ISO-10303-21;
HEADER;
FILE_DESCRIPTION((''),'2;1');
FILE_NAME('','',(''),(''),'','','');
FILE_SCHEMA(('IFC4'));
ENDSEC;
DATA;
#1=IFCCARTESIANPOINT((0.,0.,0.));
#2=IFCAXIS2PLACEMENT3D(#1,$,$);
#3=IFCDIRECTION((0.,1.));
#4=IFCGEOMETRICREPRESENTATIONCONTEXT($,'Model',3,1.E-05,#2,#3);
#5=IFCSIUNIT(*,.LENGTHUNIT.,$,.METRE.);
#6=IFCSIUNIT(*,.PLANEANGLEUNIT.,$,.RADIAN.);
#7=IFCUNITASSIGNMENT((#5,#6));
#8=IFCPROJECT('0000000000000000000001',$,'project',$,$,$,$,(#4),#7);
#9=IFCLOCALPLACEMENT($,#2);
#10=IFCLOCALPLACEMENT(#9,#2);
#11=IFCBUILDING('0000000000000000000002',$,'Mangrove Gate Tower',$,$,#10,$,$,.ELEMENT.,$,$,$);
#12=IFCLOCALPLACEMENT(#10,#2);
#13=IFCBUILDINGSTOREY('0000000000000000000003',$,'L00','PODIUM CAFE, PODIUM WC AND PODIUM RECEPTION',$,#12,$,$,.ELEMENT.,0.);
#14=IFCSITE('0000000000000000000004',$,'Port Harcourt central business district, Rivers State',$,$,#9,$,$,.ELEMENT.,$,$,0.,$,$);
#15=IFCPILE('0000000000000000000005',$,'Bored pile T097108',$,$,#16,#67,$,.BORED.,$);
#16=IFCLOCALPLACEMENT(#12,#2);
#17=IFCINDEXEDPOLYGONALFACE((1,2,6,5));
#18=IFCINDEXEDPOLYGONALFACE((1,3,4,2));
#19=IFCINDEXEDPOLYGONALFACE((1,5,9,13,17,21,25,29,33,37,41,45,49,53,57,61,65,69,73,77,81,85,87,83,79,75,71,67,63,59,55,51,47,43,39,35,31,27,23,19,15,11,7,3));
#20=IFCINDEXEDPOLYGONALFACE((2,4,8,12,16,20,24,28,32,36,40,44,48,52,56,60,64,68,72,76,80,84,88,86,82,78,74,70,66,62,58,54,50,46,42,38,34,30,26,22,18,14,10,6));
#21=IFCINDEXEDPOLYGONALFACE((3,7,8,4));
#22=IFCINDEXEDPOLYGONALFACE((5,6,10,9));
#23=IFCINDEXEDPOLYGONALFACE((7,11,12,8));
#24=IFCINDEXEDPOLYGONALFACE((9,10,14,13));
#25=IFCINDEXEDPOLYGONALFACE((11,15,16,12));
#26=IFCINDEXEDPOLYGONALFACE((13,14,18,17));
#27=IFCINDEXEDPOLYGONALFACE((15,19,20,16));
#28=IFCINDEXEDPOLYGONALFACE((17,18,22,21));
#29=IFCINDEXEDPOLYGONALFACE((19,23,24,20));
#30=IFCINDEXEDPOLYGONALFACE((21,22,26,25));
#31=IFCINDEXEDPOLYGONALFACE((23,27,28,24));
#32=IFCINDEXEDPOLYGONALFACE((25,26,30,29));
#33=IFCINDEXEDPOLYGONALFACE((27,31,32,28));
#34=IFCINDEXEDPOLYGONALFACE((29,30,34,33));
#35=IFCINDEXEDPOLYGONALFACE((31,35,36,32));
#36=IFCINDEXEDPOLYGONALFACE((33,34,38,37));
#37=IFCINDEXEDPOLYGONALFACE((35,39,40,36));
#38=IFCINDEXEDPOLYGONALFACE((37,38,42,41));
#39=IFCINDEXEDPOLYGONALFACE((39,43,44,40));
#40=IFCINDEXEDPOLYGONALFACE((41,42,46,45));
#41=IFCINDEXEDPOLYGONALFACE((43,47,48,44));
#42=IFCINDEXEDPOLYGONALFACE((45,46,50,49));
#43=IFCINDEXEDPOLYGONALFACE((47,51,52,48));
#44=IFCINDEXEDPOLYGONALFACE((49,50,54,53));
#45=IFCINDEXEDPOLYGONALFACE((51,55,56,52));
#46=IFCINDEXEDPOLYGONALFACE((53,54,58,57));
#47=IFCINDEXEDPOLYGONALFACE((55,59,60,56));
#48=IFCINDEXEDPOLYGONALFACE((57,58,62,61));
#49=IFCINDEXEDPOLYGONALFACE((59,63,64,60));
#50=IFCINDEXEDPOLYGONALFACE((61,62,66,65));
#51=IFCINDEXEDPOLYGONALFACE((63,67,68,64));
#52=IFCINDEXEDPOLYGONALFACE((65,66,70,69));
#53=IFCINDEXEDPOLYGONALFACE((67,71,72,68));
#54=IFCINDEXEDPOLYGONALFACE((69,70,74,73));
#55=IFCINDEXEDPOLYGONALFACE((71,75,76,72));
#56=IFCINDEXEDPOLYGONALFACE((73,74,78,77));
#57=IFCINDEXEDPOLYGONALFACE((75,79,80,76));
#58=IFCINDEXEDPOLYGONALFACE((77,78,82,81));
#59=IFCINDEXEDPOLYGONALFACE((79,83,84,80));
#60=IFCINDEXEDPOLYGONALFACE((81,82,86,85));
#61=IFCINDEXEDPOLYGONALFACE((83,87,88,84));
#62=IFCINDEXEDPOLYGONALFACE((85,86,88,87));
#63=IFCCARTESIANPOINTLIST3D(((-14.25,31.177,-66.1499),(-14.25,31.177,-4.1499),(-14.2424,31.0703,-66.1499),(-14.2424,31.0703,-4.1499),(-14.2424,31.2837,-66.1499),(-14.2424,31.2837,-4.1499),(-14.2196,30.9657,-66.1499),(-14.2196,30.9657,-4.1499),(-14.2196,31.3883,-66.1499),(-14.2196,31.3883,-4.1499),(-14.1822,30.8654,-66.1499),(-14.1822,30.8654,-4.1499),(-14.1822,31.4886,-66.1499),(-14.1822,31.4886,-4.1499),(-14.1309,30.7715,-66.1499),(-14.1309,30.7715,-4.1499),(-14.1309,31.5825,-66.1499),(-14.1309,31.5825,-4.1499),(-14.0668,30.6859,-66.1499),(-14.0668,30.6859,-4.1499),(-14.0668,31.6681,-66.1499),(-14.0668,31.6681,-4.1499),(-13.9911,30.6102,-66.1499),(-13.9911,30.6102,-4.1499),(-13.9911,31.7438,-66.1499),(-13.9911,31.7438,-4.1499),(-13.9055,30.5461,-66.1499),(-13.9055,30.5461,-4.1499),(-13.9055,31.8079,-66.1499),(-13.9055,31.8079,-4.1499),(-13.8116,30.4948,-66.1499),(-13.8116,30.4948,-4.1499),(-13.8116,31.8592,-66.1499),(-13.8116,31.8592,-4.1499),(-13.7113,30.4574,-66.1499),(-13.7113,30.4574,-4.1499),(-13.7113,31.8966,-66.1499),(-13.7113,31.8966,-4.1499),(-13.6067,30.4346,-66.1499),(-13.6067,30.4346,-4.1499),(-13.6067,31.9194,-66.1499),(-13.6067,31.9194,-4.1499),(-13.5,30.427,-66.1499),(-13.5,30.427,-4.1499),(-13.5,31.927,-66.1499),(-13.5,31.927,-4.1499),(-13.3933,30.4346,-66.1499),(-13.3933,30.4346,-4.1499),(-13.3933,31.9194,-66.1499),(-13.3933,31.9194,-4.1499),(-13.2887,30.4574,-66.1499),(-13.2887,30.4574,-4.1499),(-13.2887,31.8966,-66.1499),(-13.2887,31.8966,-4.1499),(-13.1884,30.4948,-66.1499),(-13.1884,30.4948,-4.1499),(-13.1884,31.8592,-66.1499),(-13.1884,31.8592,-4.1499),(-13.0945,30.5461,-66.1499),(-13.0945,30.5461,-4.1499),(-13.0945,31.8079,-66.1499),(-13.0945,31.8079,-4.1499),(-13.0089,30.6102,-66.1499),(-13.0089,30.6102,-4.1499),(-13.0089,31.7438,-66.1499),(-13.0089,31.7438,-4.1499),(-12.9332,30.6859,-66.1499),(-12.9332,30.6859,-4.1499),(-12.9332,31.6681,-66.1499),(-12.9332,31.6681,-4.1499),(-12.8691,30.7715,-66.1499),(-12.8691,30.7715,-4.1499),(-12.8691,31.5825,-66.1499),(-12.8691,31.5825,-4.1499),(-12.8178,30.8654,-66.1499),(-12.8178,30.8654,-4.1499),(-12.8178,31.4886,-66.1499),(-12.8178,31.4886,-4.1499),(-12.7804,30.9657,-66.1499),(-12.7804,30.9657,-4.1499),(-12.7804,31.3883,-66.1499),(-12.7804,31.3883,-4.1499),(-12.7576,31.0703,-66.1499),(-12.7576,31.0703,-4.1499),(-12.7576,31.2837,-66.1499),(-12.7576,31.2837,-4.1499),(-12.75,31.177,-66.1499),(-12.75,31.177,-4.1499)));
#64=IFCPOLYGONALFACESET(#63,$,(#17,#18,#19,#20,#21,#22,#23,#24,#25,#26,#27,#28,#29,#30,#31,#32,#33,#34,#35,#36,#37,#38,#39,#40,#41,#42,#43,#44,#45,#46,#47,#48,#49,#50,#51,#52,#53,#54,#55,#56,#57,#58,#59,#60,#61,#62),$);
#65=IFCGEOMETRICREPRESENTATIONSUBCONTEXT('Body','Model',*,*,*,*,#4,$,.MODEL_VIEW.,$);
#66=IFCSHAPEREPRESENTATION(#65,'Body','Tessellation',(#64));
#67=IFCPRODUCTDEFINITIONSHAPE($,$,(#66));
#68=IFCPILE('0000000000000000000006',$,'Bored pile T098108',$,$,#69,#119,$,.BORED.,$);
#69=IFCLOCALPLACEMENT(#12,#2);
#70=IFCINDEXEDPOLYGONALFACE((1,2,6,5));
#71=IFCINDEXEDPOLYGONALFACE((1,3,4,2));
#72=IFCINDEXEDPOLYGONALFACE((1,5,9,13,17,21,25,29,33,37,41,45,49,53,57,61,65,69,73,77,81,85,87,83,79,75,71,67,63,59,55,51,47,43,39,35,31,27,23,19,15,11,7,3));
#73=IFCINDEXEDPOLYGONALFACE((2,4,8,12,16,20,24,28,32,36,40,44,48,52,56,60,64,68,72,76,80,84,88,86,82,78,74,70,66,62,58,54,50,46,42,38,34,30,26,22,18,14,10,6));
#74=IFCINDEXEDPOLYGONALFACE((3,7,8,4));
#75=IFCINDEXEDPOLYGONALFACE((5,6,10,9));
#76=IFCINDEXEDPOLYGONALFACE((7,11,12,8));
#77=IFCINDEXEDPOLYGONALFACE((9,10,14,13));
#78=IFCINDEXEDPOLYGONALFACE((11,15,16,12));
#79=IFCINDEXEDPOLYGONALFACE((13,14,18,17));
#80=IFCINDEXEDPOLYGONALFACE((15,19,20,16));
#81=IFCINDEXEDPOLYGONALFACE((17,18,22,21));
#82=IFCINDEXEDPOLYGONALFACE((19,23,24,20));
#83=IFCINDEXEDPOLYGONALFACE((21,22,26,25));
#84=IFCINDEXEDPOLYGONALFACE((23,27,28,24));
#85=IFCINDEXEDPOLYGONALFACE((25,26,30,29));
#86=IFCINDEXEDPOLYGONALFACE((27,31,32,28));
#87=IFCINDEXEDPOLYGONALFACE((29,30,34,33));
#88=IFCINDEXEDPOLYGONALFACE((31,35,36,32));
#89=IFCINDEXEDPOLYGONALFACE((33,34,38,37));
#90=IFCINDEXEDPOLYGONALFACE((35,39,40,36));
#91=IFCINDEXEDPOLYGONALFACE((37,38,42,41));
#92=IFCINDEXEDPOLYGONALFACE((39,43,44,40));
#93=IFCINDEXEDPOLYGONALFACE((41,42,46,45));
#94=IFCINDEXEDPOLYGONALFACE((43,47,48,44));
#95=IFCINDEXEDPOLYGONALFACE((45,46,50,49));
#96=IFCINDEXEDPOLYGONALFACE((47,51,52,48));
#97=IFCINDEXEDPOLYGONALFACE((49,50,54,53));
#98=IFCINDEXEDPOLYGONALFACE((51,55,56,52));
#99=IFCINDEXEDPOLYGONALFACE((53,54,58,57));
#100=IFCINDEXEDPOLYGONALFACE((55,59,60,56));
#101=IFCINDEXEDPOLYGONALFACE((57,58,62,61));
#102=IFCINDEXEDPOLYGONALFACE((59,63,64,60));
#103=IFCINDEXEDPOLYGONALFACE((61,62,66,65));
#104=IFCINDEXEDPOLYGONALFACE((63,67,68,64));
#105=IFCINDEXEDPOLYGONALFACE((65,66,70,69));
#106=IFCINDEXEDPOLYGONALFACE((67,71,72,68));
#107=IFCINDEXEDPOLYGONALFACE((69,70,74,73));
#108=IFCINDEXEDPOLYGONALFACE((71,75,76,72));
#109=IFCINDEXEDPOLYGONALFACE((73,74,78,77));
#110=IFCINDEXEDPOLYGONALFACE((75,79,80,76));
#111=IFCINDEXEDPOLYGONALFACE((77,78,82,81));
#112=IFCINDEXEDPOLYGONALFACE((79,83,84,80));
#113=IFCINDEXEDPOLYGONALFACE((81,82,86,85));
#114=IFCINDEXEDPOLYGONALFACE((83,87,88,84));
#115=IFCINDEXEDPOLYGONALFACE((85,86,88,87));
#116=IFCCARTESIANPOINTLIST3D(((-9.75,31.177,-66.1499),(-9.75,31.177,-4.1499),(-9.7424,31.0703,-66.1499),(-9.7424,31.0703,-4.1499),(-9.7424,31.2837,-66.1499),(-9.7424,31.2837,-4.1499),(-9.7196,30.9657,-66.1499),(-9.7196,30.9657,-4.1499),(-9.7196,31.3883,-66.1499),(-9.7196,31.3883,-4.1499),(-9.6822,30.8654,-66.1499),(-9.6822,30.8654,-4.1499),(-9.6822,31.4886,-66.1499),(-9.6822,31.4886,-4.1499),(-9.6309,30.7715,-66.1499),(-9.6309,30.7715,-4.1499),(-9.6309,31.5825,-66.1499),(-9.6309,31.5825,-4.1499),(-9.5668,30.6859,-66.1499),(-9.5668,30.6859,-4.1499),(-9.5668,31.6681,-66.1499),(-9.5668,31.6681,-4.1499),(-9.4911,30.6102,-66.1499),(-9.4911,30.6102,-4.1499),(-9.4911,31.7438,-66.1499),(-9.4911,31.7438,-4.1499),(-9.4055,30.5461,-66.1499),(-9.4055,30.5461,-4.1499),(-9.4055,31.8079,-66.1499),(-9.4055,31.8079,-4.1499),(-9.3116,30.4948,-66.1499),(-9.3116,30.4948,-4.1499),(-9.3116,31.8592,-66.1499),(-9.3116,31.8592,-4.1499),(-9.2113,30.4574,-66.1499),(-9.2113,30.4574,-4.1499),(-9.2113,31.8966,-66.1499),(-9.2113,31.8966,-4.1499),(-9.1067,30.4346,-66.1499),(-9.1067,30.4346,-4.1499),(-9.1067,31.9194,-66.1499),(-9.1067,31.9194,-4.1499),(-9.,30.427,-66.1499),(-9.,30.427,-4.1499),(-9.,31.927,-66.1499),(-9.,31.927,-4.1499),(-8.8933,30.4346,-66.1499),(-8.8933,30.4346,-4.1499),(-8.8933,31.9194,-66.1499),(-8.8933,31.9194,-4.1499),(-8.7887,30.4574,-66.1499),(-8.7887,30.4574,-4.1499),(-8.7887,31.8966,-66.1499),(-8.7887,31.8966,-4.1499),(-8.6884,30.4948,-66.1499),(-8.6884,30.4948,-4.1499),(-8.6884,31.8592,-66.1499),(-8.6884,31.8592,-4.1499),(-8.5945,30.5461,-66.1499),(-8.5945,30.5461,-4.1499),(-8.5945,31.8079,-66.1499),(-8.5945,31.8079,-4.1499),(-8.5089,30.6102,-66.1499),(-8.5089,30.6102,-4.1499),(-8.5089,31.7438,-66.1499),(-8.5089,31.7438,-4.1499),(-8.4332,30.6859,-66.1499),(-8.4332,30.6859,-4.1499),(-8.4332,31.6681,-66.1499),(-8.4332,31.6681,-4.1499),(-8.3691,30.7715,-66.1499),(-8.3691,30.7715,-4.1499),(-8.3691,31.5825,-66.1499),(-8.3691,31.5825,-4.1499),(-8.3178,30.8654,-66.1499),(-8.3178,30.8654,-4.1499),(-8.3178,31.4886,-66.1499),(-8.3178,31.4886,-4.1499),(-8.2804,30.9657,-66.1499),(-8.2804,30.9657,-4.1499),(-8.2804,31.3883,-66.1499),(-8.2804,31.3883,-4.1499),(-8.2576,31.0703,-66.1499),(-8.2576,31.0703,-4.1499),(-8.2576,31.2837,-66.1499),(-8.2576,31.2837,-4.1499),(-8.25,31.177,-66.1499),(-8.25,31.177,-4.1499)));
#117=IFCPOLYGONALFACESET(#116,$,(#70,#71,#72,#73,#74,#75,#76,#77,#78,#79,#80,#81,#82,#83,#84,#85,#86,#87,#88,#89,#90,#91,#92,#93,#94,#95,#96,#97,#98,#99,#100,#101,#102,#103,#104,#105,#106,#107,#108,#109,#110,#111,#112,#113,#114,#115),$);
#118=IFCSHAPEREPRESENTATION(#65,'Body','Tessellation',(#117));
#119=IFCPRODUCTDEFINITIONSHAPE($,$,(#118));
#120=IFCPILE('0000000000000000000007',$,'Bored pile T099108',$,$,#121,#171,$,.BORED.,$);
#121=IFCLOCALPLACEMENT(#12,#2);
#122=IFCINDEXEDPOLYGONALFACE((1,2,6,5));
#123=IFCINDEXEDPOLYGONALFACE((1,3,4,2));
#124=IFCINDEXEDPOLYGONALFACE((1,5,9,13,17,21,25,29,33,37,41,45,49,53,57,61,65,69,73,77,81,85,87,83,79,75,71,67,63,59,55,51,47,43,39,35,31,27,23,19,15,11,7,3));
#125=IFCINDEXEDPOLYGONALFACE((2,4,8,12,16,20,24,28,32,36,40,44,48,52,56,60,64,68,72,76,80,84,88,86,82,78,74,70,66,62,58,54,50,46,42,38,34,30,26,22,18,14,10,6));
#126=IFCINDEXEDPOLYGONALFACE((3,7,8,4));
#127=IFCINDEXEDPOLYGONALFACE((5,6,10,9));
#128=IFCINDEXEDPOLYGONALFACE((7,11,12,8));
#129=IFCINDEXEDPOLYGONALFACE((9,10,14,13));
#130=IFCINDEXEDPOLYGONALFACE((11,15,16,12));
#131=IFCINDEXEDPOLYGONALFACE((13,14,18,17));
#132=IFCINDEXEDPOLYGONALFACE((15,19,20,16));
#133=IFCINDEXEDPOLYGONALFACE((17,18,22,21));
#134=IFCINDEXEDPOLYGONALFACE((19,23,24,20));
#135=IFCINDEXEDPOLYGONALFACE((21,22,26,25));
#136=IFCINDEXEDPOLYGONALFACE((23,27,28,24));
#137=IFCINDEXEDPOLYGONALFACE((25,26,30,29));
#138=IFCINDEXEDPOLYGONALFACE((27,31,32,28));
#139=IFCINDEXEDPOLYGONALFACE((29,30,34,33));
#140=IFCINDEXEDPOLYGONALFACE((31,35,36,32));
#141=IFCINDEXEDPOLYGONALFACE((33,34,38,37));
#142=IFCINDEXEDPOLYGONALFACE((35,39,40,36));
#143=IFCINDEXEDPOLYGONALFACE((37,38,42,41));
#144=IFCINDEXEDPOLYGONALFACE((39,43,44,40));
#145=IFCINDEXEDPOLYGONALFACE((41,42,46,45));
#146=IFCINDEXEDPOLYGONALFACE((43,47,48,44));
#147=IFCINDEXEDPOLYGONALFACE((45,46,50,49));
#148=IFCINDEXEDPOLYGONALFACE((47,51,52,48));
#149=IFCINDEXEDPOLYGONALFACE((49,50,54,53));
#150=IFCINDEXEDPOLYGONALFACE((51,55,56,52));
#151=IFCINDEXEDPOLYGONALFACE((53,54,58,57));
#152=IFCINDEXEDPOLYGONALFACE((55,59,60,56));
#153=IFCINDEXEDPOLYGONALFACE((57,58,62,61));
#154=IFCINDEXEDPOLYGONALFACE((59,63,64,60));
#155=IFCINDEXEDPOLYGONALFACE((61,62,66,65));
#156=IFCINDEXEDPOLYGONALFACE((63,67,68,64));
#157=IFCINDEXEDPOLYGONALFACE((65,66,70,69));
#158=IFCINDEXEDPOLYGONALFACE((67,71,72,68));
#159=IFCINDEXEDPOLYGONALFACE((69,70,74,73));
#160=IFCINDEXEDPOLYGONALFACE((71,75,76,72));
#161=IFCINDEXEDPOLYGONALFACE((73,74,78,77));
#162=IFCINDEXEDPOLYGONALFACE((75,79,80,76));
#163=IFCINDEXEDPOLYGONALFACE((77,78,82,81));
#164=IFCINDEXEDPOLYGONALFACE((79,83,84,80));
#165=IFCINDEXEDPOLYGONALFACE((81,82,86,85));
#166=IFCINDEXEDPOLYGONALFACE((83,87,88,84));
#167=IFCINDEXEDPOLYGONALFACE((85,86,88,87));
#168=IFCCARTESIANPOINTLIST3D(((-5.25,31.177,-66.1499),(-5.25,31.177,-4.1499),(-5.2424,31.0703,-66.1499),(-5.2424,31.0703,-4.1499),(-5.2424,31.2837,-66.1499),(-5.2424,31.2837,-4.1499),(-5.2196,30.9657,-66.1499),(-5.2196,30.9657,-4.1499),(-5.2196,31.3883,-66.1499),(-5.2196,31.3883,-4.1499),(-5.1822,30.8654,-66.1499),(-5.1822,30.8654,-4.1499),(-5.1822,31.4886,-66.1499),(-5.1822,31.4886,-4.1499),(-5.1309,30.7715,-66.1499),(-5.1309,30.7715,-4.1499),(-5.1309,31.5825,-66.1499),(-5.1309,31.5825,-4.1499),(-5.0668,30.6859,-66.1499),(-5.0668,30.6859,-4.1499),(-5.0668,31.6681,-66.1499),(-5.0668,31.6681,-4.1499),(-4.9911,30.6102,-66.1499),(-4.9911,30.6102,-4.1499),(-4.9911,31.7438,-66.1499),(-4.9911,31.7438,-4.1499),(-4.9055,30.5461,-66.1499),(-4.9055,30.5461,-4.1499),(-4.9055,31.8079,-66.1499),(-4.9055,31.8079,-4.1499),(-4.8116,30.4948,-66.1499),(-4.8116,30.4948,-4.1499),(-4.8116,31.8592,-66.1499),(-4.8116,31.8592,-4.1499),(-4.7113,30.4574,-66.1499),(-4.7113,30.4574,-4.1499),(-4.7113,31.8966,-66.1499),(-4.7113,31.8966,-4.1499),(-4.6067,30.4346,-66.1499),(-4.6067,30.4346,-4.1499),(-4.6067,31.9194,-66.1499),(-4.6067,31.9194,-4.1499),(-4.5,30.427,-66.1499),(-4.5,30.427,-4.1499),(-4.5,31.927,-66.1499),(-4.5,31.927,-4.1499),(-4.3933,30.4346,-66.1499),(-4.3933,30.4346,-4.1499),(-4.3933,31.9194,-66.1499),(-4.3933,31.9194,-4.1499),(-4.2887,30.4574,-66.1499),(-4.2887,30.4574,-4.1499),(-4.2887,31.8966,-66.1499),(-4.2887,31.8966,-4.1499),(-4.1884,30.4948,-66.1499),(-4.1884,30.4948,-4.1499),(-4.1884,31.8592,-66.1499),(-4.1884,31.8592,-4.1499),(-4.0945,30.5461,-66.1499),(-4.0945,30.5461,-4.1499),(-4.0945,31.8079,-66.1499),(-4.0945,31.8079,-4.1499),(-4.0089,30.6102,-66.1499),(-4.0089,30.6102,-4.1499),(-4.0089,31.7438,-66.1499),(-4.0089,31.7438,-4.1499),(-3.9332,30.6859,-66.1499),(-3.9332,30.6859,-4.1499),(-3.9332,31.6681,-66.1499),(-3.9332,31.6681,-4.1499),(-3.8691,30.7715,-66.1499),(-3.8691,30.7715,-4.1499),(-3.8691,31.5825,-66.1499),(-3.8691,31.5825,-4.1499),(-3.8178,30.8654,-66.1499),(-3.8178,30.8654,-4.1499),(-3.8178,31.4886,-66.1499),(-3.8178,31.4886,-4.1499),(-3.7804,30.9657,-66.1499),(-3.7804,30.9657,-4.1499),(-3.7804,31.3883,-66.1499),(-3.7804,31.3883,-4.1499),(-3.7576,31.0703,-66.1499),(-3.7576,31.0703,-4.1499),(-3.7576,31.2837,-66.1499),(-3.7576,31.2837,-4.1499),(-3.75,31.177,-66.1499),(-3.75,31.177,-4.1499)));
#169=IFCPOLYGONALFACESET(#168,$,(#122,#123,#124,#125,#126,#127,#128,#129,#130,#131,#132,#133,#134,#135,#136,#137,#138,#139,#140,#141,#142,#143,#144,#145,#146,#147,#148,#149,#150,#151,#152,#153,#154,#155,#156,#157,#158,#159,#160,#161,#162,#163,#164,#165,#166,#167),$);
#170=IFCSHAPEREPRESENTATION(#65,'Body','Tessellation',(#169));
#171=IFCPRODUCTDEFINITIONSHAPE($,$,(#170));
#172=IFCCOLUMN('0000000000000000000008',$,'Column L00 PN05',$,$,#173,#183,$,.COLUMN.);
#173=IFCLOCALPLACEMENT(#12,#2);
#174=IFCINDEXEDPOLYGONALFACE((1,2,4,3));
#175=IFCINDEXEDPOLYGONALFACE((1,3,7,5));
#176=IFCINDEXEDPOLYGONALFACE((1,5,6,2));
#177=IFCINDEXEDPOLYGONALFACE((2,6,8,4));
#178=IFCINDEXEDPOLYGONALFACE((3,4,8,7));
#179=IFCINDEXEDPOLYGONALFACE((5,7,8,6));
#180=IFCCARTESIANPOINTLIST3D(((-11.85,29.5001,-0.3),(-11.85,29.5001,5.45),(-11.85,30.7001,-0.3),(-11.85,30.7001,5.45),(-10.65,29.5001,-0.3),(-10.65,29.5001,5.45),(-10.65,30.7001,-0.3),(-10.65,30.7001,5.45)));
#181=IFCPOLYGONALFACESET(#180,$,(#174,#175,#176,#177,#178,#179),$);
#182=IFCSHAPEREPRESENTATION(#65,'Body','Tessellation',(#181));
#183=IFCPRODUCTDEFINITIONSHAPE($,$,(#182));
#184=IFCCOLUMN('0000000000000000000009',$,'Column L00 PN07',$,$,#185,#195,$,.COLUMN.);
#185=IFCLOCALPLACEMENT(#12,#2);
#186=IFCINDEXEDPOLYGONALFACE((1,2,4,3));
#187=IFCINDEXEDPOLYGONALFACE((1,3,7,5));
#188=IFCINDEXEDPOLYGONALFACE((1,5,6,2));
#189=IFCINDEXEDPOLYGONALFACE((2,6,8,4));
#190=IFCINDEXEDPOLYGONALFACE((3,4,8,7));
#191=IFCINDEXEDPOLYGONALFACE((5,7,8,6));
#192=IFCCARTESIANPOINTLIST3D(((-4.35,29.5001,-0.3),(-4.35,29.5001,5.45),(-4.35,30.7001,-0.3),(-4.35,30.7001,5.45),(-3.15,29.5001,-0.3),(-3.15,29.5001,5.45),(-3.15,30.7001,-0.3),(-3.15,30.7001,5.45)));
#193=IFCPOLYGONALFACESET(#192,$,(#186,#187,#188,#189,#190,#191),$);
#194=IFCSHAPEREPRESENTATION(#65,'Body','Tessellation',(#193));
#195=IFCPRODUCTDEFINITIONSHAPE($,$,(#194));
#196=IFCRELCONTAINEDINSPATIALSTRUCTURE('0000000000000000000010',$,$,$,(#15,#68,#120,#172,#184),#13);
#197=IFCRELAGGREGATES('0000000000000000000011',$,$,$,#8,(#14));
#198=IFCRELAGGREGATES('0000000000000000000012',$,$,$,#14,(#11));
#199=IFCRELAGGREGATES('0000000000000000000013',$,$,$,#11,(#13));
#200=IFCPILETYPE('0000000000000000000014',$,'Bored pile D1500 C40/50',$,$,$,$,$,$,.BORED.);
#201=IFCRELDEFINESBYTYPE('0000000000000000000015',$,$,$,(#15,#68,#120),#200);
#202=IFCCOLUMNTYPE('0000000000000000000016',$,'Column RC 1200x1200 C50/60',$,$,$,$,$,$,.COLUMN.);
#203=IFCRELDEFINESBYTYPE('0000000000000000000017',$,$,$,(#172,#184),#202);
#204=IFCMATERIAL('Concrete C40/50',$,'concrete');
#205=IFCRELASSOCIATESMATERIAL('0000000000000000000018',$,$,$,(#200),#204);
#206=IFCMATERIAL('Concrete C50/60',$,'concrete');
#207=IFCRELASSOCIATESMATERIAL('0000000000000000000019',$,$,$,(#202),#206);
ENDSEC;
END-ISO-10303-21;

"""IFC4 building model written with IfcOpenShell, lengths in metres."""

from ifc_helpers import new_model, si_unit, direction, frame, origin, origin_2d, place, context, subcontext, project, spatial, rectangle, circle, extrude, material, material_profile, profile_set, type_object, element, save


model = new_model("IFC4")

# Units and contexts
model_context = context("Model", 3, precision=1e-05, world=origin(), true_north=direction((0.0, 1.0)))
body_context = subcontext(model_context, "Body", "Model", "MODEL_VIEW")
ifc_project = project(units=[si_unit("LENGTHUNIT", "METRE"), si_unit("PLANEANGLEUNIT", "RADIAN")], contexts=[model_context])

# Site, building, storey
site_placement = place(None, origin())
site = spatial("IfcSite", under=ifc_project, at=site_placement, Name="Port Harcourt central business district, Rivers State", CompositionType="ELEMENT", RefElevation=0.0)
building_placement = place(site_placement, origin())
building = spatial("IfcBuilding", under=site, at=building_placement, Name="Mangrove Gate Tower", CompositionType="ELEMENT")
storey_placement = place(building_placement, origin())
storey = spatial("IfcBuildingStorey", under=building, at=storey_placement, Name="L00", Description="PODIUM CAFE, PODIUM WC AND PODIUM RECEPTION", CompositionType="ELEMENT", Elevation=0.0)

# Piles
ifc_material_1 = material(Name="Concrete C40/50", Category="concrete")
ifc_material_profile_1 = material_profile(ifc_material_1, circle(Radius=0.75, at=origin_2d()))
ifc_profile_set_1 = profile_set([ifc_material_profile_1], Name="Concrete C40/50")
pile_type = type_object("IfcPileType", Name="Bored pile D1500 C40/50", PredefinedType="BORED", material=ifc_profile_set_1)
for number, where, z_axis, x_axis, name in (
    (1, (-13.5, 31.177, -4.1499), (0.0, 0.0, -1.0), (1.0, 0.0, 0.0), "Bored pile T097108"),
    (2, (-9.0, 31.177, -4.1499), (0.0, 0.0, -1.0), (1.0, 0.0, 0.0), "Bored pile T098108"),
    (3, (-4.5, 31.177, -4.1499), (0.0, 0.0, -1.0), (1.0, 0.0, 0.0), "Bored pile T099108"),
):
    element("IfcPile", number, at=place(storey_placement, frame(where, z_axis=z_axis, x_axis=x_axis)), inside=storey, type_object=pile_type, Name=name, PredefinedType="BORED", context=body_context, shape_type="SweptSolid", body=[
        extrude(circle(Radius=0.75, at=origin_2d()), origin(), (0.0, 0.0, 1.0), 62.0),
    ])

# Columns
ifc_material_2 = material(Name="Concrete C50/60", Category="concrete")
ifc_material_profile_2 = material_profile(ifc_material_2, rectangle(XDim=1.2, YDim=1.2, at=origin_2d()))
ifc_profile_set_2 = profile_set([ifc_material_profile_2], Name="Concrete C50/60")
column_type_1 = type_object("IfcColumnType", Name="Column RC 1200x1200 C50/60", PredefinedType="COLUMN", material=ifc_profile_set_2)
for number, where, z_axis, x_axis, name in (
    (4, (-11.25, 30.1001, -0.3), (0.0, 0.0, 1.0), (1.0, 0.0, 0.0), "Column L00 PN05"),
    (5, (-3.75, 30.1001, -0.3), (0.0, 0.0, 1.0), (1.0, 0.0, 0.0), "Column L00 PN07"),
):
    element("IfcColumn", number, at=place(storey_placement, frame(where, z_axis=z_axis, x_axis=x_axis)), inside=storey, type_object=column_type_1, Name=name, PredefinedType="COLUMN", context=body_context, shape_type="SweptSolid", body=[
        extrude(rectangle(XDim=1.2, YDim=1.2, at=origin_2d()), origin(), (0.0, 0.0, 1.0), 5.75),
    ])

save(model, "model.ifc")
